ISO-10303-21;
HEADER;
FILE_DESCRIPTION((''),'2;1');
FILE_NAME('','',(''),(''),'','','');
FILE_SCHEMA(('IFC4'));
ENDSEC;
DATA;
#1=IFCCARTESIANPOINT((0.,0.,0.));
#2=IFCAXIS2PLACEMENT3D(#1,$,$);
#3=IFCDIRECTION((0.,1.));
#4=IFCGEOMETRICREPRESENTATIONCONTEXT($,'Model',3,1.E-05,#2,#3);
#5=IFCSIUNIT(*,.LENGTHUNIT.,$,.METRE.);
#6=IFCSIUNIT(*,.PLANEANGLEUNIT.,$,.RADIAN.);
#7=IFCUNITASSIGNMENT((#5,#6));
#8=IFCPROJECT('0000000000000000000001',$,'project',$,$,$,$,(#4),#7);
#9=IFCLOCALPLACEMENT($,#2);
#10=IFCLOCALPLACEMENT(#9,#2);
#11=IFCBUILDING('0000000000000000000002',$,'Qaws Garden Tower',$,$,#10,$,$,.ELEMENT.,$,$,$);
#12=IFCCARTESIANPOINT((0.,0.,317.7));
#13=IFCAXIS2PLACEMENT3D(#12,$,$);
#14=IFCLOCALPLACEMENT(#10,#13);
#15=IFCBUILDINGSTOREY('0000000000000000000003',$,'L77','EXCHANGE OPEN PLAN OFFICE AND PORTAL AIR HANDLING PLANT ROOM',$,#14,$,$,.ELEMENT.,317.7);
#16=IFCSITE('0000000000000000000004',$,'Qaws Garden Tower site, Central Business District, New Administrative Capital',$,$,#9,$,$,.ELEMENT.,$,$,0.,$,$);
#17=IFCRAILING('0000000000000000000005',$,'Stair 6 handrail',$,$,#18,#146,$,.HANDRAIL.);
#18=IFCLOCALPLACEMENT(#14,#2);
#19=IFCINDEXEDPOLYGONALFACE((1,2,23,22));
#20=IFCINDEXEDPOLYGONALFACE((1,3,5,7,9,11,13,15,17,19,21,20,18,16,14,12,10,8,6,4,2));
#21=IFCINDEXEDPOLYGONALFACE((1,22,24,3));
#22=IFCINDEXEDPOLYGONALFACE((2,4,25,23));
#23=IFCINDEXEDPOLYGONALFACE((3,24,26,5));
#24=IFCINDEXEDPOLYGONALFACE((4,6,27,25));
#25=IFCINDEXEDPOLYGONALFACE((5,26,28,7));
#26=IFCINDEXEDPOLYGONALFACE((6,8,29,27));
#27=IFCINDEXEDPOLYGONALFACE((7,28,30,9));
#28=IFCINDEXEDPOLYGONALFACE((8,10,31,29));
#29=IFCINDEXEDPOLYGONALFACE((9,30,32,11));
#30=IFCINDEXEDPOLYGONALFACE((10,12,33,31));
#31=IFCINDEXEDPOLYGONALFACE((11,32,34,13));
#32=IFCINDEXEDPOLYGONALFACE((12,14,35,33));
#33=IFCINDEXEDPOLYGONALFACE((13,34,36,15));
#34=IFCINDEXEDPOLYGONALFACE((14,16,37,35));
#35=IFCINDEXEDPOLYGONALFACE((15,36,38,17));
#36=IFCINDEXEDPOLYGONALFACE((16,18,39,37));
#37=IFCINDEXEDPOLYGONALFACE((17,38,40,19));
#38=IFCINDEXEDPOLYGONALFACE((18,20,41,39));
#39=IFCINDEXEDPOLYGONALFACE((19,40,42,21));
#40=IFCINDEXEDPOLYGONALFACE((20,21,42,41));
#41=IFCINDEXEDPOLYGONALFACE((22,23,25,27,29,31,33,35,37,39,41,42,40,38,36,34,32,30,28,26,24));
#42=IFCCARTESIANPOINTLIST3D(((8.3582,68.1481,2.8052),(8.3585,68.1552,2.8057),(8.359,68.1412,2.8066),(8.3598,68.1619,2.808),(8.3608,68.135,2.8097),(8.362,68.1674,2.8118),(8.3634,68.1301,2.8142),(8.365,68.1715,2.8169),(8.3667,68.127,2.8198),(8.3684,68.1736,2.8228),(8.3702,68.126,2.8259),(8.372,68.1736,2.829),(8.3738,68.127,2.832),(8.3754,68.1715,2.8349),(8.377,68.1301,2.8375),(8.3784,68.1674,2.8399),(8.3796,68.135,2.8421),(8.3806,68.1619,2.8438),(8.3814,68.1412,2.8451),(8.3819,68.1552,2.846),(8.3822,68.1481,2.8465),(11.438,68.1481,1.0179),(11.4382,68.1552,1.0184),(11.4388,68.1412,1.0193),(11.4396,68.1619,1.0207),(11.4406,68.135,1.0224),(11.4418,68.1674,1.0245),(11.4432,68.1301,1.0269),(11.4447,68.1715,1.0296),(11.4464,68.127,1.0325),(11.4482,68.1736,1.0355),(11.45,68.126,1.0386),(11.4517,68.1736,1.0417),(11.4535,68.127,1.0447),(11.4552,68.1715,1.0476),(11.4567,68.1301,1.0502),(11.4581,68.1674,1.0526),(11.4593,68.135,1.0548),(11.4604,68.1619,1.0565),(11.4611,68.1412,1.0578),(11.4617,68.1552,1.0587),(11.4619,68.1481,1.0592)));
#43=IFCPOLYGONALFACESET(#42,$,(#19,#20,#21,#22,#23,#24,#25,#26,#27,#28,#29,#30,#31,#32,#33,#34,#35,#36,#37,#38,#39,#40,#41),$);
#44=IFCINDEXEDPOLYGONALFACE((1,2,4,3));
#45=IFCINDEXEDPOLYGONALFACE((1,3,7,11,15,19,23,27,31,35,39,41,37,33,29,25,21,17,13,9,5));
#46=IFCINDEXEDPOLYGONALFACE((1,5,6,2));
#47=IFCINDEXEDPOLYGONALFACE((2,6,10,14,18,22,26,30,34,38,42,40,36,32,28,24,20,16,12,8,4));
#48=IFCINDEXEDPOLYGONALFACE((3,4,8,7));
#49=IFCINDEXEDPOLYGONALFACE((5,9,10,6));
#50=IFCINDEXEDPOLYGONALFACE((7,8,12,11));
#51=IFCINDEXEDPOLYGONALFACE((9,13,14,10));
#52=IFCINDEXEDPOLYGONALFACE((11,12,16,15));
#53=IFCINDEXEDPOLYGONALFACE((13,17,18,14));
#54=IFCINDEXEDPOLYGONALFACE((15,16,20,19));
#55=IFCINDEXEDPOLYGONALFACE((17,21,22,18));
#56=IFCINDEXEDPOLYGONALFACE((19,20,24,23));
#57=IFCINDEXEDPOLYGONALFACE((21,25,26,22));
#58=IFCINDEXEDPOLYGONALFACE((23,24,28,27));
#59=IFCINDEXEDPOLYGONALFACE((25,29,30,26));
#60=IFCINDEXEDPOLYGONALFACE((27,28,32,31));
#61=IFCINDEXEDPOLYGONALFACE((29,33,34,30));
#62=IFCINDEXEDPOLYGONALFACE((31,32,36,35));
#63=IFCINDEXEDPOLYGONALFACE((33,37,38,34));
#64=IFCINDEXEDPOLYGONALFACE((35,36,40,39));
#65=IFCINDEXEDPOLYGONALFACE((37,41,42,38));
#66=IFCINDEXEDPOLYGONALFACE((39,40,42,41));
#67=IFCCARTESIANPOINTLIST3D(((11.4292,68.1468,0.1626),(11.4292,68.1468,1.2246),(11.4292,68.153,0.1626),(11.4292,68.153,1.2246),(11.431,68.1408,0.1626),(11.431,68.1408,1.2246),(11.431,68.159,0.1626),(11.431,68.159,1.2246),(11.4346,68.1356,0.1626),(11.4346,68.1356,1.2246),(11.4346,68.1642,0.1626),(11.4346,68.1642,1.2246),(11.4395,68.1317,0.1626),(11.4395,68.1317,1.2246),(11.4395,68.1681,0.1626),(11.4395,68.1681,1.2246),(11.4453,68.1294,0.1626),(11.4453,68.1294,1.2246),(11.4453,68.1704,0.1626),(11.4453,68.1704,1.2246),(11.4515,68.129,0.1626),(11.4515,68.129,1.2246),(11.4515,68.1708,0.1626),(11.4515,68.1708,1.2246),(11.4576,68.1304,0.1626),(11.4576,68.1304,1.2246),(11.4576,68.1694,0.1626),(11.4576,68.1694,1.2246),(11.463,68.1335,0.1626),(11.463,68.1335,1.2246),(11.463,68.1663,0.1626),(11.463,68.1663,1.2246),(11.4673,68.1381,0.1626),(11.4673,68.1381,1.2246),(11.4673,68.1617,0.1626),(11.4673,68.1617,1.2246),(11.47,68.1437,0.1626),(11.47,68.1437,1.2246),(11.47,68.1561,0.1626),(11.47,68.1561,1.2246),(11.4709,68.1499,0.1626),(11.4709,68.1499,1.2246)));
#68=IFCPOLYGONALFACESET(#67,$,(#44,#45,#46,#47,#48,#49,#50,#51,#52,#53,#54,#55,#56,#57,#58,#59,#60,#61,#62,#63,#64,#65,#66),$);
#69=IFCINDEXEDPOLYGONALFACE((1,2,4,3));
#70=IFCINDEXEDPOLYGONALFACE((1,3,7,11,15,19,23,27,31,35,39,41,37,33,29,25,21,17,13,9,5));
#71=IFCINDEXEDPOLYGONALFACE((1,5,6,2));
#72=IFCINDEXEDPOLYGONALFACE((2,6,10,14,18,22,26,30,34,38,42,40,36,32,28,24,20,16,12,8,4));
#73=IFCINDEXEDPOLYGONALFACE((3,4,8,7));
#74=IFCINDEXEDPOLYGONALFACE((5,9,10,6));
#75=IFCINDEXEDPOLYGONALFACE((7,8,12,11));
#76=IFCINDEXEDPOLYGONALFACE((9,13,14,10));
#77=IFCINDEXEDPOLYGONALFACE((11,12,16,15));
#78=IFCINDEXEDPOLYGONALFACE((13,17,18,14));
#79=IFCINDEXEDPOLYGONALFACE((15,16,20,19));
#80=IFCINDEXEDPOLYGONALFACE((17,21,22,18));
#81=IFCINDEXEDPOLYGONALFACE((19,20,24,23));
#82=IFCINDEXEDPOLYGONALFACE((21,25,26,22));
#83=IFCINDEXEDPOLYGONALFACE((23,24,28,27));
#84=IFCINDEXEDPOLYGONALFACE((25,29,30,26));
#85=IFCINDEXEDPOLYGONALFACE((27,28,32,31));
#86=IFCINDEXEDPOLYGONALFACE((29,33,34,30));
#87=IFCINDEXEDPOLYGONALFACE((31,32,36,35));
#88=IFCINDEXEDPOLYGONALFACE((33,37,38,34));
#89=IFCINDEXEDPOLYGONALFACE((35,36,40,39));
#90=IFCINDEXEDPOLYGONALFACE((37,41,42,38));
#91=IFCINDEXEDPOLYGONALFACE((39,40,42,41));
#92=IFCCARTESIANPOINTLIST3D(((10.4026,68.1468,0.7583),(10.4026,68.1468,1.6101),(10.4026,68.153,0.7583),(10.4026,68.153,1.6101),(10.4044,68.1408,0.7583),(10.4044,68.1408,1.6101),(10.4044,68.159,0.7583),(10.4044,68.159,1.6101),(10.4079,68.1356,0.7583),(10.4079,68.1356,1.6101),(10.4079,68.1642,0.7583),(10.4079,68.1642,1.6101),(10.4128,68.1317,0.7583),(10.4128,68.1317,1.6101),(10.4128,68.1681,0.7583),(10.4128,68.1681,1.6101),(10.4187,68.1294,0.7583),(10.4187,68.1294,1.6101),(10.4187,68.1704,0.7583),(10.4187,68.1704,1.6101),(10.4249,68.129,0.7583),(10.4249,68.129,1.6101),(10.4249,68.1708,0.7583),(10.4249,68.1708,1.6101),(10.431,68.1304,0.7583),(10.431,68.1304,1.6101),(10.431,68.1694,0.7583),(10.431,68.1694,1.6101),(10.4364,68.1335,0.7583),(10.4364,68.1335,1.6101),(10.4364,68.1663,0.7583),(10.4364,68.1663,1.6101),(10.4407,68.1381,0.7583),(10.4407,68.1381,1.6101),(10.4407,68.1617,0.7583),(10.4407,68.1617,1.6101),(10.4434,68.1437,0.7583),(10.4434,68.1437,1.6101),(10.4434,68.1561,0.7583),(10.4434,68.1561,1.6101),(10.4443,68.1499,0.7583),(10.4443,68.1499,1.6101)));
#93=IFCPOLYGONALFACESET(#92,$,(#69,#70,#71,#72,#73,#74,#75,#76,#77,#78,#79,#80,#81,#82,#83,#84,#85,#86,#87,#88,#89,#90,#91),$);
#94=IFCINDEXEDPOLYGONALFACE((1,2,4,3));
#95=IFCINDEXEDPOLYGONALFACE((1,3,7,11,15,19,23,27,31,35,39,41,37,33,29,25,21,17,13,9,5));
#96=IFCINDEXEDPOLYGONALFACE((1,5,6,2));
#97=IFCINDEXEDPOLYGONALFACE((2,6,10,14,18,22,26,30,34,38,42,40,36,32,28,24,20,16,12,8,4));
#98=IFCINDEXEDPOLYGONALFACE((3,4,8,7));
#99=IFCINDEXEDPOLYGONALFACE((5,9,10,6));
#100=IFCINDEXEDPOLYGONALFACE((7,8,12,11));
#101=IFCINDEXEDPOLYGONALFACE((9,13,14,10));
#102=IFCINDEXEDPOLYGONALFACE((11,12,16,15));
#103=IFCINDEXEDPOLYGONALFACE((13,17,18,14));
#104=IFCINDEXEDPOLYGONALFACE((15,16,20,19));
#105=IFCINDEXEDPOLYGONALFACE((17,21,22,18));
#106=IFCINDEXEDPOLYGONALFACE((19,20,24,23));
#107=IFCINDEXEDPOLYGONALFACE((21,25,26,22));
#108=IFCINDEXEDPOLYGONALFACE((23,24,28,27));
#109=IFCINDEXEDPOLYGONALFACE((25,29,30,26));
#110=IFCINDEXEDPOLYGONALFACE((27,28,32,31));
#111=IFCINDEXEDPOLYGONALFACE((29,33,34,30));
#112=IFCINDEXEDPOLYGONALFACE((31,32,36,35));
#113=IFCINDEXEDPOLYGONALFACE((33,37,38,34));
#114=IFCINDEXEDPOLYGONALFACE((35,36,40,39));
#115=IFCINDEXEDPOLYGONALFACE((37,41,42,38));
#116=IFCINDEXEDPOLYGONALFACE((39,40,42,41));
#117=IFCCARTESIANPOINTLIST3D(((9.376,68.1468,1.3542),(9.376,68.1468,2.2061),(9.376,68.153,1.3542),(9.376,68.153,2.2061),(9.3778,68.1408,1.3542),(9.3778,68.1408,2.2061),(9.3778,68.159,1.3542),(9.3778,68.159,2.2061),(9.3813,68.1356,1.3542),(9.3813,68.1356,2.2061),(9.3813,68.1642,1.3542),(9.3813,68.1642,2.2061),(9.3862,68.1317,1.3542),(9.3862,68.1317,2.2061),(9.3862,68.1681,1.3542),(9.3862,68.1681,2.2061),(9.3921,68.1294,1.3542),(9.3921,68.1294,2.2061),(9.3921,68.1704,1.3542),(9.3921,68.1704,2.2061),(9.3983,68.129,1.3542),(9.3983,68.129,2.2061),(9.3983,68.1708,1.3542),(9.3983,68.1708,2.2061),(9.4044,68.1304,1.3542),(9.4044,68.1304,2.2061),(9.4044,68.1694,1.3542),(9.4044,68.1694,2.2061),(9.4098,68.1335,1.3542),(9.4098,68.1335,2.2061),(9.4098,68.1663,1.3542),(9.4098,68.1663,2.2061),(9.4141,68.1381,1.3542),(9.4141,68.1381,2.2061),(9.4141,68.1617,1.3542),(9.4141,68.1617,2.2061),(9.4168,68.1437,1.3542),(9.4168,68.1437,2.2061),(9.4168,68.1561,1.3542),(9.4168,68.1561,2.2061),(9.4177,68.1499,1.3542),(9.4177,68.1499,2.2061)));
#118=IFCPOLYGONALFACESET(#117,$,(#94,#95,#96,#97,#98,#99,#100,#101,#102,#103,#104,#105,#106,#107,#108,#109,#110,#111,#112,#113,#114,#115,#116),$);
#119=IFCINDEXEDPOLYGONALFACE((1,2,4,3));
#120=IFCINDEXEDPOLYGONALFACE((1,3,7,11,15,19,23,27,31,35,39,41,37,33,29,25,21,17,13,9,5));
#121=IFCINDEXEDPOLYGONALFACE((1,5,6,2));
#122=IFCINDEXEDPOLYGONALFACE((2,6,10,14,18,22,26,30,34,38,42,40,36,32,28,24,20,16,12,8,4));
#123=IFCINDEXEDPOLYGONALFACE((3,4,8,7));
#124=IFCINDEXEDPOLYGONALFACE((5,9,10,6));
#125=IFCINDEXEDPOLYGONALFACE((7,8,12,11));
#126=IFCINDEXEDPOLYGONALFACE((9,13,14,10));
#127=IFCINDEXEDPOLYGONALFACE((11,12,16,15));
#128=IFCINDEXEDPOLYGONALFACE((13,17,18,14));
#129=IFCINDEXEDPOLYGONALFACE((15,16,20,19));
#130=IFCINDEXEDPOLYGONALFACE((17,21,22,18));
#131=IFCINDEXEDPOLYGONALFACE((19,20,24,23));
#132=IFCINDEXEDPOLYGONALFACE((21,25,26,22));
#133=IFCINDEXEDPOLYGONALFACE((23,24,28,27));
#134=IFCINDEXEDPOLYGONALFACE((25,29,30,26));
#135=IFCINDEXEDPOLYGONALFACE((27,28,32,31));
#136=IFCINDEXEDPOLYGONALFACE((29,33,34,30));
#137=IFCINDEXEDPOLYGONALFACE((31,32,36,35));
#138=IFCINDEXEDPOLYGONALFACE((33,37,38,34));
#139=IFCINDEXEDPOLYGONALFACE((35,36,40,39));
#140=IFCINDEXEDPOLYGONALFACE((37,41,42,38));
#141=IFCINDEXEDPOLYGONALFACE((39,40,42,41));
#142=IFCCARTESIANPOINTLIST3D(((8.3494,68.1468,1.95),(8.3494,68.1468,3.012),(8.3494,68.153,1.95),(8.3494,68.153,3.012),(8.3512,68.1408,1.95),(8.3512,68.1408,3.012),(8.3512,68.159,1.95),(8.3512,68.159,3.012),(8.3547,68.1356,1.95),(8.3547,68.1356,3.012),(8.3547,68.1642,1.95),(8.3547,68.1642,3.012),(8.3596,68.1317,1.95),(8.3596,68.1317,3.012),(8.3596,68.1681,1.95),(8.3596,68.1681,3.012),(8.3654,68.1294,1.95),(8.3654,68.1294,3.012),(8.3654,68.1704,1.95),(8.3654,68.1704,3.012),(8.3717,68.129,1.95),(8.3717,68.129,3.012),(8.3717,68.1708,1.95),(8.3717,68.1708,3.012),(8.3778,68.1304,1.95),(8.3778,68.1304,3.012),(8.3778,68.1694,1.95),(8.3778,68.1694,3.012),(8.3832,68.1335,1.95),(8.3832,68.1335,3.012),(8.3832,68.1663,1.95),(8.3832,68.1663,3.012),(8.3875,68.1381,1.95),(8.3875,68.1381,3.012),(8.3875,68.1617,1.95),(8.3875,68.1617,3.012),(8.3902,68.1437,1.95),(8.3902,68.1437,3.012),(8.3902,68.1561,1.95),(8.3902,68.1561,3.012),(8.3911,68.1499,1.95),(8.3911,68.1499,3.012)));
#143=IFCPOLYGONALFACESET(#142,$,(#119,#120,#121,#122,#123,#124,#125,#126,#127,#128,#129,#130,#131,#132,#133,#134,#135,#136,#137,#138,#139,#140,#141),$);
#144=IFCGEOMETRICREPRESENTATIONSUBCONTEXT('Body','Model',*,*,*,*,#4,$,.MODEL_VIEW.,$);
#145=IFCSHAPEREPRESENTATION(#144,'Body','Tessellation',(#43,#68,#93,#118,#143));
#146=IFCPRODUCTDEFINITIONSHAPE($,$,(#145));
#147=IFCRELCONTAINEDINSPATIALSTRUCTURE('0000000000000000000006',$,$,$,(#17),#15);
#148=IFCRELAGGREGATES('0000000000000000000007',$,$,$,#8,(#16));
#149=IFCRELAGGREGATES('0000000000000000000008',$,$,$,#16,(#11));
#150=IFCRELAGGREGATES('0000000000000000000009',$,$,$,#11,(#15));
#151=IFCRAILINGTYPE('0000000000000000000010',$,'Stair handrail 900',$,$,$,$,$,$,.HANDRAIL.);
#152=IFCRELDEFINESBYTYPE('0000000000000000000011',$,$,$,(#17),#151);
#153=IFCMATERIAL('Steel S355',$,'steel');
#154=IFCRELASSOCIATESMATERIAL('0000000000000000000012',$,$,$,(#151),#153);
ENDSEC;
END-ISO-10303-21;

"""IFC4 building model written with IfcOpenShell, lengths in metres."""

from ifc_helpers import new_model, si_unit, direction, frame, origin, origin_2d, place, context, subcontext, project, spatial, circle, extrude, material, type_object, element, save


model = new_model("IFC4")

# Units and contexts
model_context = context("Model", 3, precision=1e-05, world=origin(), true_north=direction((0.0, 1.0)))
body_context = subcontext(model_context, "Body", "Model", "MODEL_VIEW")
ifc_project = project(units=[si_unit("LENGTHUNIT", "METRE"), si_unit("PLANEANGLEUNIT", "RADIAN")], contexts=[model_context])

# Site, building, storey
site_placement = place(None, origin())
site = spatial("IfcSite", under=ifc_project, at=site_placement, Name="Qaws Garden Tower site, Central Business District, New Administrative Capital", CompositionType="ELEMENT", RefElevation=0.0)
building_placement = place(site_placement, origin())
building = spatial("IfcBuilding", under=site, at=building_placement, Name="Qaws Garden Tower", CompositionType="ELEMENT")
storey_placement = place(building_placement, frame((0.0, 0.0, 317.7)))
storey = spatial("IfcBuildingStorey", under=building, at=storey_placement, Name="L77", Description="EXCHANGE OPEN PLAN OFFICE AND PORTAL AIR HANDLING PLANT ROOM", CompositionType="ELEMENT", Elevation=317.7)

# Railing
ifc_material_1 = material(Name="Steel S355", Category="steel")
railing_type = type_object("IfcRailingType", Name="Stair handrail 900", PredefinedType="HANDRAIL", material=ifc_material_1)
railing_1_placement = place(storey_placement, frame((11.45, 68.1499, 0.1626)))
element("IfcRailing", 1, at=railing_1_placement, inside=storey, type_object=railing_type, Name="Stair 6 handrail", PredefinedType="HANDRAIL", context=body_context, shape_type="SweptSolid", body=[
    extrude(circle(Radius=0.0239, at=origin_2d()), frame((0.0, 0.0, 0.876), z_axis=(-0.864903, 0.0, 0.501939), x_axis=(0.0, -1.0, 0.0)), (0.0, 0.0, 1.0), 3.5608),
    extrude(circle(Radius=0.021, at=origin_2d()), origin(), (0.0, 0.0, 1.0), 1.062),
    extrude(circle(Radius=0.021, at=origin_2d()), frame((-1.0266, 0.0, 0.5957)), (0.0, 0.0, 1.0), 0.8518),
    extrude(circle(Radius=0.021, at=origin_2d()), frame((-2.0532, 0.0, 1.1917)), (0.0, 0.0, 1.0), 0.8518),
    extrude(circle(Radius=0.021, at=origin_2d()), frame((-3.0798, 0.0, 1.7874)), (0.0, 0.0, 1.0), 1.062),
])

save(model, "model.ifc")
